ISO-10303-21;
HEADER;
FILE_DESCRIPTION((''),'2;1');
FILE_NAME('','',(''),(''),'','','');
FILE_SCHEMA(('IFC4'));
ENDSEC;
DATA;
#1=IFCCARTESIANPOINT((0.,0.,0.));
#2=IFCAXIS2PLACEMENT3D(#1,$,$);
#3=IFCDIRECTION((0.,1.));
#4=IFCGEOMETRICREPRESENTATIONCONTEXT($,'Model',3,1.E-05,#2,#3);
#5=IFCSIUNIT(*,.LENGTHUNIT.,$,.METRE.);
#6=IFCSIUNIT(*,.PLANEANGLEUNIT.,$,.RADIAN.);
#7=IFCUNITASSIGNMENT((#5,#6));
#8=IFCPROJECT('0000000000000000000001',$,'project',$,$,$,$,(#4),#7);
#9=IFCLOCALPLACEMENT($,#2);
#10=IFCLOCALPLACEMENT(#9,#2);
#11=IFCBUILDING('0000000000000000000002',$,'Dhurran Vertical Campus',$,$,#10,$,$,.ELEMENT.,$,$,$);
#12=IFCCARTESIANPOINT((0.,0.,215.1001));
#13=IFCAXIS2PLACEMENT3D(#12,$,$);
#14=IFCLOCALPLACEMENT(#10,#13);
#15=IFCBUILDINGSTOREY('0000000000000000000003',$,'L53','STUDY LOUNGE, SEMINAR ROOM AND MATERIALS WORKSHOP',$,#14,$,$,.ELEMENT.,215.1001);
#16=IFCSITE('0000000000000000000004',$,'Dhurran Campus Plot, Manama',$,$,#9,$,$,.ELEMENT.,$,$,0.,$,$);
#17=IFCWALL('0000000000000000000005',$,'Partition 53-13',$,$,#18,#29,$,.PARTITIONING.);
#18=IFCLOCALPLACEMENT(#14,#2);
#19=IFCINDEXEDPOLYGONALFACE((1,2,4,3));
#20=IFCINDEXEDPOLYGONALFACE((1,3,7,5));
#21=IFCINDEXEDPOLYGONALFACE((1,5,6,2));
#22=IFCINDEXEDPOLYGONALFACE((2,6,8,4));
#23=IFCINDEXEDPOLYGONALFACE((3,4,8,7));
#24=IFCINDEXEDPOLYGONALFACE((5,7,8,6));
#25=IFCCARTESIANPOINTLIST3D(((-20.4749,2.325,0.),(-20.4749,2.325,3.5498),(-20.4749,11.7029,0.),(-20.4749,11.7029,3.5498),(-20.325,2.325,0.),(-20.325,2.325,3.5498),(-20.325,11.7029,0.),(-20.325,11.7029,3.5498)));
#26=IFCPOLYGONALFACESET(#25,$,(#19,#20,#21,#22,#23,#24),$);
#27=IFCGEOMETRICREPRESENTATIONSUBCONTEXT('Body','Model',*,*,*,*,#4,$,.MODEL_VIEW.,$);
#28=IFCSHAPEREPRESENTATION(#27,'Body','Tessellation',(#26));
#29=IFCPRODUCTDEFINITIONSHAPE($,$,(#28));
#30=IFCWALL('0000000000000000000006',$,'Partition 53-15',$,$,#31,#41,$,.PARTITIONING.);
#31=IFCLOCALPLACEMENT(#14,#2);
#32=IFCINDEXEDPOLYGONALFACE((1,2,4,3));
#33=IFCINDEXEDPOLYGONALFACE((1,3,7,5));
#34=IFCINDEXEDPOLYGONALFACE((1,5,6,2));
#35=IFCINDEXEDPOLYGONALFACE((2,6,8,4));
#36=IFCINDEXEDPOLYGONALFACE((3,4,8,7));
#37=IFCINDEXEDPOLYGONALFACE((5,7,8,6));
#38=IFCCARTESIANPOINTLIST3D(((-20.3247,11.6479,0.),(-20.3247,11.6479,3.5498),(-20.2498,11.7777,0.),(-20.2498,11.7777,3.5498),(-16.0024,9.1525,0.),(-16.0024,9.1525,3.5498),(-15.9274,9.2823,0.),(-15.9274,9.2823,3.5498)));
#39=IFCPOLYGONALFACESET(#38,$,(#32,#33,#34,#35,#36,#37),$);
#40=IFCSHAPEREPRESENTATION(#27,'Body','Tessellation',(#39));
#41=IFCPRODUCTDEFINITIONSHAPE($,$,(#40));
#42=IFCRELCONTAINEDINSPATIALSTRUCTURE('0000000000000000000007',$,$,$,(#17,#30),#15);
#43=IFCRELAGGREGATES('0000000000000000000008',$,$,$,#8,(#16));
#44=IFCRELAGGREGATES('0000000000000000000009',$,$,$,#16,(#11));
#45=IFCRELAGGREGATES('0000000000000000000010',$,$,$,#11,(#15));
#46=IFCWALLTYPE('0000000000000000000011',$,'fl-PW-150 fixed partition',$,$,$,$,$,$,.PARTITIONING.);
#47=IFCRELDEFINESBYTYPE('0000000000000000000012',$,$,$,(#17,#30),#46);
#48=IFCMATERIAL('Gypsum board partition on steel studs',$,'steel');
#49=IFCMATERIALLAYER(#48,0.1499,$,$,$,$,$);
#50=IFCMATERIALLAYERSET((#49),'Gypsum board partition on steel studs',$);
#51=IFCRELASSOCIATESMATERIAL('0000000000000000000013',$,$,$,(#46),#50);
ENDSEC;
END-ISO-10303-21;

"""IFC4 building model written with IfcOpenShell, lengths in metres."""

from ifc_helpers import new_model, si_unit, direction, frame, frame_2d, origin, place, context, subcontext, project, spatial, rectangle, extrude, material, layer, layer_set, type_object, element, save


model = new_model("IFC4")

# Units and contexts
model_context = context("Model", 3, precision=1e-05, world=origin(), true_north=direction((0.0, 1.0)))
body_context = subcontext(model_context, "Body", "Model", "MODEL_VIEW")
ifc_project = project(units=[si_unit("LENGTHUNIT", "METRE"), si_unit("PLANEANGLEUNIT", "RADIAN")], contexts=[model_context])

# Site, building, storey
site_placement = place(None, origin())
site = spatial("IfcSite", under=ifc_project, at=site_placement, Name="Dhurran Campus Plot, Manama", CompositionType="ELEMENT", RefElevation=0.0)
building_placement = place(site_placement, origin())
building = spatial("IfcBuilding", under=site, at=building_placement, Name="Dhurran Vertical Campus", CompositionType="ELEMENT")
storey_placement = place(building_placement, frame((0.0, 0.0, 215.1001)))
storey = spatial("IfcBuildingStorey", under=building, at=storey_placement, Name="L53", Description="STUDY LOUNGE, SEMINAR ROOM AND MATERIALS WORKSHOP", CompositionType="ELEMENT", Elevation=215.1001)

# Walls
ifc_material_1 = material(Name="Gypsum board partition on steel studs", Category="steel")
ifc_layer_1 = layer(ifc_material_1, 0.1499)
ifc_layer_set_1 = layer_set([ifc_layer_1], Name="Gypsum board partition on steel studs")
wall_type_1 = type_object("IfcWallType", Name="fl-PW-150 fixed partition", PredefinedType="PARTITIONING", material=ifc_layer_set_1)
wall_1_placement = place(storey_placement, frame((-20.3999, 11.7029, 0.0), z_axis=(0.0, 0.0, 1.0), x_axis=(0.0, -1.0, 0.0)))
element("IfcWall", 1, at=wall_1_placement, inside=storey, type_object=wall_type_1, Name="Partition 53-13", PredefinedType="PARTITIONING", context=body_context, shape_type="SweptSolid", body=[
    extrude(rectangle(XDim=9.3779, YDim=0.1499, at=frame_2d((4.689, 0.0))), origin(), (0.0, 0.0, 1.0), 3.5498),
])
wall_2_placement = place(storey_placement, frame((-20.2874, 11.7129, 0.0), z_axis=(0.0, 0.0, 1.0), x_axis=(0.866034, -0.499985, 0.0)))
element("IfcWall", 2, at=wall_2_placement, inside=storey, type_object=wall_type_1, Name="Partition 53-15", PredefinedType="PARTITIONING", context=body_context, shape_type="SweptSolid", body=[
    extrude(rectangle(XDim=4.991, YDim=0.1499, at=frame_2d((2.4956, 0.0))), origin(), (0.0, 0.0, 1.0), 3.5498),
])

save(model, "model.ifc")
